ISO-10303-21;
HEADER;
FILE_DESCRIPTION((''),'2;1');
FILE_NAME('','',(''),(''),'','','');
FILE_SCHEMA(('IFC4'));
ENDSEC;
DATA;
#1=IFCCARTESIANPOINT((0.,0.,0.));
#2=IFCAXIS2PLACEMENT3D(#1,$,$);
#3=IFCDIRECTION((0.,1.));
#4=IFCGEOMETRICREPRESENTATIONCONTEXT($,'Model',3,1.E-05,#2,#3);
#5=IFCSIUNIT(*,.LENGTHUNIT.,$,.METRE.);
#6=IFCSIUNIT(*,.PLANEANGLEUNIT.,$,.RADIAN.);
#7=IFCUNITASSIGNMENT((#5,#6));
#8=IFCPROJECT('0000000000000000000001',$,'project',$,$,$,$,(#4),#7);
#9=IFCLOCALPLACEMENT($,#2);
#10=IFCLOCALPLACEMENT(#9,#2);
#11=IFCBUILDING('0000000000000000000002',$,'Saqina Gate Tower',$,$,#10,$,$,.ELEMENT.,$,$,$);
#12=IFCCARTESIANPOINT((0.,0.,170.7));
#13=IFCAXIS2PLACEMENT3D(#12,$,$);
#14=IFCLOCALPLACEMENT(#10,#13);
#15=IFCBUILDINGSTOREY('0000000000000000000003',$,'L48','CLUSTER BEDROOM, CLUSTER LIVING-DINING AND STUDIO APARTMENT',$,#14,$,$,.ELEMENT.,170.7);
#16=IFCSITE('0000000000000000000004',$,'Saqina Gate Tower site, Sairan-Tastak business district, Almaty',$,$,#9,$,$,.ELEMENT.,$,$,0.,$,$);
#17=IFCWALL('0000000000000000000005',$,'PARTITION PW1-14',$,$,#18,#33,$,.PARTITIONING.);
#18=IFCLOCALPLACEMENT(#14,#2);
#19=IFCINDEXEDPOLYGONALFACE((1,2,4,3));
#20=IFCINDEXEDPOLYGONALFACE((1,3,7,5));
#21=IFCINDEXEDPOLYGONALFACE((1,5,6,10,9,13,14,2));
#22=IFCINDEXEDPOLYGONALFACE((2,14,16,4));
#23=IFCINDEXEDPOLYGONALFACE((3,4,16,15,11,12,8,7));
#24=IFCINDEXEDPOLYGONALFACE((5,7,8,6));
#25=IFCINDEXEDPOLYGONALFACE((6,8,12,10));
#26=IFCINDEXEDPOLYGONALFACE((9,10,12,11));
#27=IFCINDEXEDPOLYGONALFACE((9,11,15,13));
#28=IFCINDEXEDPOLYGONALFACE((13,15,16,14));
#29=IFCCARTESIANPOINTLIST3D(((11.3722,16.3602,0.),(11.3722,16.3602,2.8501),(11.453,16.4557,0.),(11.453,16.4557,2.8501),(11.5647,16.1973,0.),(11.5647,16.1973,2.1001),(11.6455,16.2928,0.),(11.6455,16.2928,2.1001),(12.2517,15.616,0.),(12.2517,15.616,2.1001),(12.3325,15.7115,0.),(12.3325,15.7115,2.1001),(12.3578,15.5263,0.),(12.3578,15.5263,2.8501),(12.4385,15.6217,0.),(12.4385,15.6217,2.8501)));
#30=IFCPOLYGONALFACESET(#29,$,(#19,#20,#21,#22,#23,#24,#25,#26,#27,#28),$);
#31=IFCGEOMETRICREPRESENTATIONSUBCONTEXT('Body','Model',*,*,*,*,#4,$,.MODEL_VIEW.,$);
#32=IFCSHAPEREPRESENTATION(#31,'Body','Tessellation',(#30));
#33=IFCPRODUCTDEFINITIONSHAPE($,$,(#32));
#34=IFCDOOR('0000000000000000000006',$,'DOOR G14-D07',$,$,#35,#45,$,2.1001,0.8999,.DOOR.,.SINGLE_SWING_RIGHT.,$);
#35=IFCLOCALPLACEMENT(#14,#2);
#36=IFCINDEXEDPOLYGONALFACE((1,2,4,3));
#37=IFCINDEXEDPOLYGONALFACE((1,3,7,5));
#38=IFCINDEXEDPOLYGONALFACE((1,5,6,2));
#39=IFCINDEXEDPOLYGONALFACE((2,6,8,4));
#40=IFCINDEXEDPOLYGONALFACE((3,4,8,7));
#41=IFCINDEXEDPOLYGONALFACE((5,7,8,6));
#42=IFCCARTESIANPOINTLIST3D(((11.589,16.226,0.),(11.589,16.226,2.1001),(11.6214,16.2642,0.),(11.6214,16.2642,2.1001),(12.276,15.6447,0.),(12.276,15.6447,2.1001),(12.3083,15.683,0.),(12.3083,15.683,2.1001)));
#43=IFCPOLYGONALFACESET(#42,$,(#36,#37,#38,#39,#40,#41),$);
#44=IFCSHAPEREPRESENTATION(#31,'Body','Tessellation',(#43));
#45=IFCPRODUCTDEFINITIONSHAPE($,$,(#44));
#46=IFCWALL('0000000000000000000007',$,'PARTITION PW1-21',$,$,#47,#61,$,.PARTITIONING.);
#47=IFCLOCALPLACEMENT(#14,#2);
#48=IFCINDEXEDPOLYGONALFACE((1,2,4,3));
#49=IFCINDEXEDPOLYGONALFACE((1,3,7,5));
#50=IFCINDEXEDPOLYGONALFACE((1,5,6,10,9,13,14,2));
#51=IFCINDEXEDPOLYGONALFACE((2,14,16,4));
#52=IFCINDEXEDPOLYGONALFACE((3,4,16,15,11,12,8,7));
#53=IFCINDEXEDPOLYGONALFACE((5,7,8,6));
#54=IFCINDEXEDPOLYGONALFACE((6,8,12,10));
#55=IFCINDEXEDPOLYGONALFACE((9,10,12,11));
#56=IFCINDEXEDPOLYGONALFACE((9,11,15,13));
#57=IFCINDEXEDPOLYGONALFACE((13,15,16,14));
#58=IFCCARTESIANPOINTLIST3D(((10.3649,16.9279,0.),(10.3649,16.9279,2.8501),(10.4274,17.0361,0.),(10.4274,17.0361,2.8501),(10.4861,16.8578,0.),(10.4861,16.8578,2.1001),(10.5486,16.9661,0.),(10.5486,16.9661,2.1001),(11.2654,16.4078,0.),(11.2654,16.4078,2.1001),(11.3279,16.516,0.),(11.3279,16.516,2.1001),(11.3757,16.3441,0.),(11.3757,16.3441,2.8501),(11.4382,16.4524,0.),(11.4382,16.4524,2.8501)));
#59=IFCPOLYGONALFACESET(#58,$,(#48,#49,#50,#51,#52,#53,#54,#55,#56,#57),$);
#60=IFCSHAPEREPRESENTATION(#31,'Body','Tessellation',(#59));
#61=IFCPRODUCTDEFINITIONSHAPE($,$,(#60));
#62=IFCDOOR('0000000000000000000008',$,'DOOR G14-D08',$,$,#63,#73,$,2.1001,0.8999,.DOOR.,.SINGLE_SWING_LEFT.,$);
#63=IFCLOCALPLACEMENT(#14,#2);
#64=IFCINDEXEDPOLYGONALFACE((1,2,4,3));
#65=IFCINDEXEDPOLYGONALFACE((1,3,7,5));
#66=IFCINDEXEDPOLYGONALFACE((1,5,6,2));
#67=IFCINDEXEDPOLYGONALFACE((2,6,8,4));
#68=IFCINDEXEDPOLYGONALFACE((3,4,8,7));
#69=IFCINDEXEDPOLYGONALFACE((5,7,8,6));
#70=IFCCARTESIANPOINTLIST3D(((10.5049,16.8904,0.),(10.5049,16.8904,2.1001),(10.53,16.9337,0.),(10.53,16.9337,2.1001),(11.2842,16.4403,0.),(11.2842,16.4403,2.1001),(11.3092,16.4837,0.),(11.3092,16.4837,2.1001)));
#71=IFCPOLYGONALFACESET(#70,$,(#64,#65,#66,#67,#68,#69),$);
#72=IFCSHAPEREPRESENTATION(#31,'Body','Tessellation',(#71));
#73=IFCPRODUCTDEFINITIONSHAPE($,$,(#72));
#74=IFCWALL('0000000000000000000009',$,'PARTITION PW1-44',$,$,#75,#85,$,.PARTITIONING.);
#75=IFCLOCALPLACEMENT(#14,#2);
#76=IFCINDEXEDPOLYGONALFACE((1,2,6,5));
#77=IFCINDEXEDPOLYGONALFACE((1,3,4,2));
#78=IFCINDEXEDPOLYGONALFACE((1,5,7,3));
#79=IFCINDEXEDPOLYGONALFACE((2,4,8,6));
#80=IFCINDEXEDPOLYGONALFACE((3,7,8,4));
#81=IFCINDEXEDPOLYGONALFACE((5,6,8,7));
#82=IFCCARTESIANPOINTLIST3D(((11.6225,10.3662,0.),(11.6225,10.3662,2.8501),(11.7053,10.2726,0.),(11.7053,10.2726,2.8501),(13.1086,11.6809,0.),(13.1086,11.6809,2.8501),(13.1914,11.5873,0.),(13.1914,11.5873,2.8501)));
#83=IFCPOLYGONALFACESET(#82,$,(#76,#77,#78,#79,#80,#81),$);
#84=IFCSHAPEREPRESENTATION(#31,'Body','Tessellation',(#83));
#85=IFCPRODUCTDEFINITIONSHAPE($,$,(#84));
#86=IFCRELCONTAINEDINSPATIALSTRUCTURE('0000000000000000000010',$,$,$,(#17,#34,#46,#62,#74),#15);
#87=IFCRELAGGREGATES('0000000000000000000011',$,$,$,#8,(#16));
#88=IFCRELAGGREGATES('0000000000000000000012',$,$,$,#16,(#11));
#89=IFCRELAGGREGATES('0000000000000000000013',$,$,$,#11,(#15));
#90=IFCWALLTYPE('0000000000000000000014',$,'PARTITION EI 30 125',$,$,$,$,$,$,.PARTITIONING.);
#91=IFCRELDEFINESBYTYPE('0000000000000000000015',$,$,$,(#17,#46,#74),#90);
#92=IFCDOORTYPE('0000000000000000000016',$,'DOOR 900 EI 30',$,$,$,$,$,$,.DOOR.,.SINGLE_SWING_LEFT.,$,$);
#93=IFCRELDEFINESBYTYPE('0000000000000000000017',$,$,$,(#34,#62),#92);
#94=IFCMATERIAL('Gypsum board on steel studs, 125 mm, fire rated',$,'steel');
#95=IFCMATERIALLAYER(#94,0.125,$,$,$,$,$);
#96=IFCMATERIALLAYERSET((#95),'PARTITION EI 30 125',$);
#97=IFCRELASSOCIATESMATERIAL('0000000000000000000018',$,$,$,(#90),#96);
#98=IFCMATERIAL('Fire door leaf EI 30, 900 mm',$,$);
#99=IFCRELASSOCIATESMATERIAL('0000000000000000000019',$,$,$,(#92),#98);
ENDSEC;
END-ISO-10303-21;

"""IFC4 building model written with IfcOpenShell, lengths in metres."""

from ifc_helpers import new_model, si_unit, direction, frame, frame_2d, origin, place, context, subcontext, project, spatial, rectangle, extrude, material, layer, layer_set, type_object, element, fill, save


model = new_model("IFC4")

# Units and contexts
model_context = context("Model", 3, precision=1e-05, world=origin(), true_north=direction((0.0, 1.0)))
body_context = subcontext(model_context, "Body", "Model", "MODEL_VIEW")
ifc_project = project(units=[si_unit("LENGTHUNIT", "METRE"), si_unit("PLANEANGLEUNIT", "RADIAN")], contexts=[model_context])

# Site, building, storey
site_placement = place(None, origin())
site = spatial("IfcSite", under=ifc_project, at=site_placement, Name="Saqina Gate Tower site, Sairan-Tastak business district, Almaty", CompositionType="ELEMENT", RefElevation=0.0)
building_placement = place(site_placement, origin())
building = spatial("IfcBuilding", under=site, at=building_placement, Name="Saqina Gate Tower", CompositionType="ELEMENT")
storey_placement = place(building_placement, frame((0.0, 0.0, 170.7)))
storey = spatial("IfcBuildingStorey", under=building, at=storey_placement, Name="L48", Description="CLUSTER BEDROOM, CLUSTER LIVING-DINING AND STUDIO APARTMENT", CompositionType="ELEMENT", Elevation=170.7)

# Shared definitions
ifc_material_1 = material(Name="Gypsum board on steel studs, 125 mm, fire rated", Category="steel")
ifc_layer_1 = layer(ifc_material_1, 0.125)
ifc_layer_set_1 = layer_set([ifc_layer_1], Name="PARTITION EI 30 125")
wall_type_1 = type_object("IfcWallType", Name="PARTITION EI 30 125", PredefinedType="PARTITIONING", material=ifc_layer_set_1)

# Walls, openings, doors
wall_1_placement = place(storey_placement, frame((11.4126, 16.408, 0.0), z_axis=(0.0, 0.0, 1.0), x_axis=(0.763379, -0.645951, 0.0)))
wall_1 = element("IfcWall", 1, at=wall_1_placement, inside=storey, type_object=wall_type_1, Name="PARTITION PW1-14", PredefinedType="PARTITIONING", context=body_context, shape_type="SweptSolid", body=[
    extrude(rectangle(XDim=1.291, YDim=0.125, at=frame_2d((0.6455, 0.0))), origin(), (0.0, 0.0, 1.0), 2.8501),
])
opening_1_placement = place(wall_1_placement, frame((0.2522, 0.0, 0.0)))
opening_1 = element("IfcOpeningElement", 2, at=opening_1_placement, cuts=wall_1, PredefinedType="OPENING", context=body_context, shape_type="SweptSolid", body=[
    extrude(rectangle(XDim=0.8999, YDim=2.1001, at=frame_2d((0.45, 1.05))), frame((0.0, 0.0745, 0.0), z_axis=(0.0, -1.0, 0.0), x_axis=(1.0, 0.0, 0.0)), (0.0, 0.0, 1.0), 0.1489),
])
ifc_material_2 = material(Name="Fire door leaf EI 30, 900 mm")
door_type_1 = type_object("IfcDoorType", Name="DOOR 900 EI 30", OperationType="SINGLE_SWING_LEFT", PredefinedType="DOOR", material=ifc_material_2)
door_1_placement = place(opening_1_placement, frame((0.8999, 0.0, 0.0), z_axis=(0.0, 0.0, 1.0), x_axis=(-1.0, 0.0, 0.0)))
door_1 = element("IfcDoor", 3, at=door_1_placement, inside=storey, type_object=door_type_1, Name="DOOR G14-D07", OperationType="SINGLE_SWING_RIGHT", OverallHeight=2.1001, OverallWidth=0.8999, PredefinedType="DOOR", context=body_context, shape_type="SweptSolid", body=[
    extrude(rectangle(XDim=0.8999, YDim=2.1001, at=frame_2d((0.45, 1.05))), frame((0.0, 0.0249, 0.0), z_axis=(0.0, -1.0, 0.0), x_axis=(1.0, 0.0, 0.0)), (0.0, 0.0, 1.0), 0.05),
])
fill(opening_1, door_1)
wall_2_placement = place(storey_placement, frame((10.3962, 16.9819, 0.0), z_axis=(0.0, 0.0, 1.0), x_axis=(0.865956, -0.500121, 0.0)))
wall_2 = element("IfcWall", 4, at=wall_2_placement, inside=storey, type_object=wall_type_1, Name="PARTITION PW1-21", PredefinedType="PARTITIONING", context=body_context, shape_type="SweptSolid", body=[
    extrude(rectangle(XDim=1.1672, YDim=0.125, at=frame_2d((0.5835, 0.0))), origin(), (0.0, 0.0, 1.0), 2.8501),
])
opening_2_placement = place(wall_2_placement, frame((0.1399, 0.0, 0.0)))
opening_2 = element("IfcOpeningElement", 5, at=opening_2_placement, cuts=wall_2, PredefinedType="OPENING", context=body_context, shape_type="SweptSolid", body=[
    extrude(rectangle(XDim=0.8999, YDim=2.1001, at=frame_2d((0.45, 1.05))), frame((0.0, 0.0745, 0.0), z_axis=(0.0, -1.0, 0.0), x_axis=(1.0, 0.0, 0.0)), (0.0, 0.0, 1.0), 0.1489),
])
door_2_placement = place(opening_2_placement, frame((0.8999, 0.0, 0.0), z_axis=(0.0, 0.0, 1.0), x_axis=(-1.0, 0.0, 0.0)))
door_2 = element("IfcDoor", 6, at=door_2_placement, inside=storey, type_object=door_type_1, Name="DOOR G14-D08", OperationType="SINGLE_SWING_LEFT", OverallHeight=2.1001, OverallWidth=0.8999, PredefinedType="DOOR", context=body_context, shape_type="SweptSolid", body=[
    extrude(rectangle(XDim=0.8999, YDim=2.1001, at=frame_2d((0.45, 1.05))), frame((0.0, 0.0249, 0.0), z_axis=(0.0, -1.0, 0.0), x_axis=(1.0, 0.0, 0.0)), (0.0, 0.0, 1.0), 0.05),
])
fill(opening_2, door_2)

# Wall
wall_3_placement = place(storey_placement, frame((11.6638, 10.3193, 0.0), z_axis=(0.0, 0.0, 1.0), x_axis=(0.748975, 0.662598, 0.0)))
element("IfcWall", 7, at=wall_3_placement, inside=storey, type_object=wall_type_1, Name="PARTITION PW1-44", PredefinedType="PARTITIONING", context=body_context, shape_type="SweptSolid", body=[
    extrude(rectangle(XDim=1.9841, YDim=0.125, at=frame_2d((0.9922, 0.0))), origin(), (0.0, 0.0, 1.0), 2.8501),
])

save(model, "model.ifc")
